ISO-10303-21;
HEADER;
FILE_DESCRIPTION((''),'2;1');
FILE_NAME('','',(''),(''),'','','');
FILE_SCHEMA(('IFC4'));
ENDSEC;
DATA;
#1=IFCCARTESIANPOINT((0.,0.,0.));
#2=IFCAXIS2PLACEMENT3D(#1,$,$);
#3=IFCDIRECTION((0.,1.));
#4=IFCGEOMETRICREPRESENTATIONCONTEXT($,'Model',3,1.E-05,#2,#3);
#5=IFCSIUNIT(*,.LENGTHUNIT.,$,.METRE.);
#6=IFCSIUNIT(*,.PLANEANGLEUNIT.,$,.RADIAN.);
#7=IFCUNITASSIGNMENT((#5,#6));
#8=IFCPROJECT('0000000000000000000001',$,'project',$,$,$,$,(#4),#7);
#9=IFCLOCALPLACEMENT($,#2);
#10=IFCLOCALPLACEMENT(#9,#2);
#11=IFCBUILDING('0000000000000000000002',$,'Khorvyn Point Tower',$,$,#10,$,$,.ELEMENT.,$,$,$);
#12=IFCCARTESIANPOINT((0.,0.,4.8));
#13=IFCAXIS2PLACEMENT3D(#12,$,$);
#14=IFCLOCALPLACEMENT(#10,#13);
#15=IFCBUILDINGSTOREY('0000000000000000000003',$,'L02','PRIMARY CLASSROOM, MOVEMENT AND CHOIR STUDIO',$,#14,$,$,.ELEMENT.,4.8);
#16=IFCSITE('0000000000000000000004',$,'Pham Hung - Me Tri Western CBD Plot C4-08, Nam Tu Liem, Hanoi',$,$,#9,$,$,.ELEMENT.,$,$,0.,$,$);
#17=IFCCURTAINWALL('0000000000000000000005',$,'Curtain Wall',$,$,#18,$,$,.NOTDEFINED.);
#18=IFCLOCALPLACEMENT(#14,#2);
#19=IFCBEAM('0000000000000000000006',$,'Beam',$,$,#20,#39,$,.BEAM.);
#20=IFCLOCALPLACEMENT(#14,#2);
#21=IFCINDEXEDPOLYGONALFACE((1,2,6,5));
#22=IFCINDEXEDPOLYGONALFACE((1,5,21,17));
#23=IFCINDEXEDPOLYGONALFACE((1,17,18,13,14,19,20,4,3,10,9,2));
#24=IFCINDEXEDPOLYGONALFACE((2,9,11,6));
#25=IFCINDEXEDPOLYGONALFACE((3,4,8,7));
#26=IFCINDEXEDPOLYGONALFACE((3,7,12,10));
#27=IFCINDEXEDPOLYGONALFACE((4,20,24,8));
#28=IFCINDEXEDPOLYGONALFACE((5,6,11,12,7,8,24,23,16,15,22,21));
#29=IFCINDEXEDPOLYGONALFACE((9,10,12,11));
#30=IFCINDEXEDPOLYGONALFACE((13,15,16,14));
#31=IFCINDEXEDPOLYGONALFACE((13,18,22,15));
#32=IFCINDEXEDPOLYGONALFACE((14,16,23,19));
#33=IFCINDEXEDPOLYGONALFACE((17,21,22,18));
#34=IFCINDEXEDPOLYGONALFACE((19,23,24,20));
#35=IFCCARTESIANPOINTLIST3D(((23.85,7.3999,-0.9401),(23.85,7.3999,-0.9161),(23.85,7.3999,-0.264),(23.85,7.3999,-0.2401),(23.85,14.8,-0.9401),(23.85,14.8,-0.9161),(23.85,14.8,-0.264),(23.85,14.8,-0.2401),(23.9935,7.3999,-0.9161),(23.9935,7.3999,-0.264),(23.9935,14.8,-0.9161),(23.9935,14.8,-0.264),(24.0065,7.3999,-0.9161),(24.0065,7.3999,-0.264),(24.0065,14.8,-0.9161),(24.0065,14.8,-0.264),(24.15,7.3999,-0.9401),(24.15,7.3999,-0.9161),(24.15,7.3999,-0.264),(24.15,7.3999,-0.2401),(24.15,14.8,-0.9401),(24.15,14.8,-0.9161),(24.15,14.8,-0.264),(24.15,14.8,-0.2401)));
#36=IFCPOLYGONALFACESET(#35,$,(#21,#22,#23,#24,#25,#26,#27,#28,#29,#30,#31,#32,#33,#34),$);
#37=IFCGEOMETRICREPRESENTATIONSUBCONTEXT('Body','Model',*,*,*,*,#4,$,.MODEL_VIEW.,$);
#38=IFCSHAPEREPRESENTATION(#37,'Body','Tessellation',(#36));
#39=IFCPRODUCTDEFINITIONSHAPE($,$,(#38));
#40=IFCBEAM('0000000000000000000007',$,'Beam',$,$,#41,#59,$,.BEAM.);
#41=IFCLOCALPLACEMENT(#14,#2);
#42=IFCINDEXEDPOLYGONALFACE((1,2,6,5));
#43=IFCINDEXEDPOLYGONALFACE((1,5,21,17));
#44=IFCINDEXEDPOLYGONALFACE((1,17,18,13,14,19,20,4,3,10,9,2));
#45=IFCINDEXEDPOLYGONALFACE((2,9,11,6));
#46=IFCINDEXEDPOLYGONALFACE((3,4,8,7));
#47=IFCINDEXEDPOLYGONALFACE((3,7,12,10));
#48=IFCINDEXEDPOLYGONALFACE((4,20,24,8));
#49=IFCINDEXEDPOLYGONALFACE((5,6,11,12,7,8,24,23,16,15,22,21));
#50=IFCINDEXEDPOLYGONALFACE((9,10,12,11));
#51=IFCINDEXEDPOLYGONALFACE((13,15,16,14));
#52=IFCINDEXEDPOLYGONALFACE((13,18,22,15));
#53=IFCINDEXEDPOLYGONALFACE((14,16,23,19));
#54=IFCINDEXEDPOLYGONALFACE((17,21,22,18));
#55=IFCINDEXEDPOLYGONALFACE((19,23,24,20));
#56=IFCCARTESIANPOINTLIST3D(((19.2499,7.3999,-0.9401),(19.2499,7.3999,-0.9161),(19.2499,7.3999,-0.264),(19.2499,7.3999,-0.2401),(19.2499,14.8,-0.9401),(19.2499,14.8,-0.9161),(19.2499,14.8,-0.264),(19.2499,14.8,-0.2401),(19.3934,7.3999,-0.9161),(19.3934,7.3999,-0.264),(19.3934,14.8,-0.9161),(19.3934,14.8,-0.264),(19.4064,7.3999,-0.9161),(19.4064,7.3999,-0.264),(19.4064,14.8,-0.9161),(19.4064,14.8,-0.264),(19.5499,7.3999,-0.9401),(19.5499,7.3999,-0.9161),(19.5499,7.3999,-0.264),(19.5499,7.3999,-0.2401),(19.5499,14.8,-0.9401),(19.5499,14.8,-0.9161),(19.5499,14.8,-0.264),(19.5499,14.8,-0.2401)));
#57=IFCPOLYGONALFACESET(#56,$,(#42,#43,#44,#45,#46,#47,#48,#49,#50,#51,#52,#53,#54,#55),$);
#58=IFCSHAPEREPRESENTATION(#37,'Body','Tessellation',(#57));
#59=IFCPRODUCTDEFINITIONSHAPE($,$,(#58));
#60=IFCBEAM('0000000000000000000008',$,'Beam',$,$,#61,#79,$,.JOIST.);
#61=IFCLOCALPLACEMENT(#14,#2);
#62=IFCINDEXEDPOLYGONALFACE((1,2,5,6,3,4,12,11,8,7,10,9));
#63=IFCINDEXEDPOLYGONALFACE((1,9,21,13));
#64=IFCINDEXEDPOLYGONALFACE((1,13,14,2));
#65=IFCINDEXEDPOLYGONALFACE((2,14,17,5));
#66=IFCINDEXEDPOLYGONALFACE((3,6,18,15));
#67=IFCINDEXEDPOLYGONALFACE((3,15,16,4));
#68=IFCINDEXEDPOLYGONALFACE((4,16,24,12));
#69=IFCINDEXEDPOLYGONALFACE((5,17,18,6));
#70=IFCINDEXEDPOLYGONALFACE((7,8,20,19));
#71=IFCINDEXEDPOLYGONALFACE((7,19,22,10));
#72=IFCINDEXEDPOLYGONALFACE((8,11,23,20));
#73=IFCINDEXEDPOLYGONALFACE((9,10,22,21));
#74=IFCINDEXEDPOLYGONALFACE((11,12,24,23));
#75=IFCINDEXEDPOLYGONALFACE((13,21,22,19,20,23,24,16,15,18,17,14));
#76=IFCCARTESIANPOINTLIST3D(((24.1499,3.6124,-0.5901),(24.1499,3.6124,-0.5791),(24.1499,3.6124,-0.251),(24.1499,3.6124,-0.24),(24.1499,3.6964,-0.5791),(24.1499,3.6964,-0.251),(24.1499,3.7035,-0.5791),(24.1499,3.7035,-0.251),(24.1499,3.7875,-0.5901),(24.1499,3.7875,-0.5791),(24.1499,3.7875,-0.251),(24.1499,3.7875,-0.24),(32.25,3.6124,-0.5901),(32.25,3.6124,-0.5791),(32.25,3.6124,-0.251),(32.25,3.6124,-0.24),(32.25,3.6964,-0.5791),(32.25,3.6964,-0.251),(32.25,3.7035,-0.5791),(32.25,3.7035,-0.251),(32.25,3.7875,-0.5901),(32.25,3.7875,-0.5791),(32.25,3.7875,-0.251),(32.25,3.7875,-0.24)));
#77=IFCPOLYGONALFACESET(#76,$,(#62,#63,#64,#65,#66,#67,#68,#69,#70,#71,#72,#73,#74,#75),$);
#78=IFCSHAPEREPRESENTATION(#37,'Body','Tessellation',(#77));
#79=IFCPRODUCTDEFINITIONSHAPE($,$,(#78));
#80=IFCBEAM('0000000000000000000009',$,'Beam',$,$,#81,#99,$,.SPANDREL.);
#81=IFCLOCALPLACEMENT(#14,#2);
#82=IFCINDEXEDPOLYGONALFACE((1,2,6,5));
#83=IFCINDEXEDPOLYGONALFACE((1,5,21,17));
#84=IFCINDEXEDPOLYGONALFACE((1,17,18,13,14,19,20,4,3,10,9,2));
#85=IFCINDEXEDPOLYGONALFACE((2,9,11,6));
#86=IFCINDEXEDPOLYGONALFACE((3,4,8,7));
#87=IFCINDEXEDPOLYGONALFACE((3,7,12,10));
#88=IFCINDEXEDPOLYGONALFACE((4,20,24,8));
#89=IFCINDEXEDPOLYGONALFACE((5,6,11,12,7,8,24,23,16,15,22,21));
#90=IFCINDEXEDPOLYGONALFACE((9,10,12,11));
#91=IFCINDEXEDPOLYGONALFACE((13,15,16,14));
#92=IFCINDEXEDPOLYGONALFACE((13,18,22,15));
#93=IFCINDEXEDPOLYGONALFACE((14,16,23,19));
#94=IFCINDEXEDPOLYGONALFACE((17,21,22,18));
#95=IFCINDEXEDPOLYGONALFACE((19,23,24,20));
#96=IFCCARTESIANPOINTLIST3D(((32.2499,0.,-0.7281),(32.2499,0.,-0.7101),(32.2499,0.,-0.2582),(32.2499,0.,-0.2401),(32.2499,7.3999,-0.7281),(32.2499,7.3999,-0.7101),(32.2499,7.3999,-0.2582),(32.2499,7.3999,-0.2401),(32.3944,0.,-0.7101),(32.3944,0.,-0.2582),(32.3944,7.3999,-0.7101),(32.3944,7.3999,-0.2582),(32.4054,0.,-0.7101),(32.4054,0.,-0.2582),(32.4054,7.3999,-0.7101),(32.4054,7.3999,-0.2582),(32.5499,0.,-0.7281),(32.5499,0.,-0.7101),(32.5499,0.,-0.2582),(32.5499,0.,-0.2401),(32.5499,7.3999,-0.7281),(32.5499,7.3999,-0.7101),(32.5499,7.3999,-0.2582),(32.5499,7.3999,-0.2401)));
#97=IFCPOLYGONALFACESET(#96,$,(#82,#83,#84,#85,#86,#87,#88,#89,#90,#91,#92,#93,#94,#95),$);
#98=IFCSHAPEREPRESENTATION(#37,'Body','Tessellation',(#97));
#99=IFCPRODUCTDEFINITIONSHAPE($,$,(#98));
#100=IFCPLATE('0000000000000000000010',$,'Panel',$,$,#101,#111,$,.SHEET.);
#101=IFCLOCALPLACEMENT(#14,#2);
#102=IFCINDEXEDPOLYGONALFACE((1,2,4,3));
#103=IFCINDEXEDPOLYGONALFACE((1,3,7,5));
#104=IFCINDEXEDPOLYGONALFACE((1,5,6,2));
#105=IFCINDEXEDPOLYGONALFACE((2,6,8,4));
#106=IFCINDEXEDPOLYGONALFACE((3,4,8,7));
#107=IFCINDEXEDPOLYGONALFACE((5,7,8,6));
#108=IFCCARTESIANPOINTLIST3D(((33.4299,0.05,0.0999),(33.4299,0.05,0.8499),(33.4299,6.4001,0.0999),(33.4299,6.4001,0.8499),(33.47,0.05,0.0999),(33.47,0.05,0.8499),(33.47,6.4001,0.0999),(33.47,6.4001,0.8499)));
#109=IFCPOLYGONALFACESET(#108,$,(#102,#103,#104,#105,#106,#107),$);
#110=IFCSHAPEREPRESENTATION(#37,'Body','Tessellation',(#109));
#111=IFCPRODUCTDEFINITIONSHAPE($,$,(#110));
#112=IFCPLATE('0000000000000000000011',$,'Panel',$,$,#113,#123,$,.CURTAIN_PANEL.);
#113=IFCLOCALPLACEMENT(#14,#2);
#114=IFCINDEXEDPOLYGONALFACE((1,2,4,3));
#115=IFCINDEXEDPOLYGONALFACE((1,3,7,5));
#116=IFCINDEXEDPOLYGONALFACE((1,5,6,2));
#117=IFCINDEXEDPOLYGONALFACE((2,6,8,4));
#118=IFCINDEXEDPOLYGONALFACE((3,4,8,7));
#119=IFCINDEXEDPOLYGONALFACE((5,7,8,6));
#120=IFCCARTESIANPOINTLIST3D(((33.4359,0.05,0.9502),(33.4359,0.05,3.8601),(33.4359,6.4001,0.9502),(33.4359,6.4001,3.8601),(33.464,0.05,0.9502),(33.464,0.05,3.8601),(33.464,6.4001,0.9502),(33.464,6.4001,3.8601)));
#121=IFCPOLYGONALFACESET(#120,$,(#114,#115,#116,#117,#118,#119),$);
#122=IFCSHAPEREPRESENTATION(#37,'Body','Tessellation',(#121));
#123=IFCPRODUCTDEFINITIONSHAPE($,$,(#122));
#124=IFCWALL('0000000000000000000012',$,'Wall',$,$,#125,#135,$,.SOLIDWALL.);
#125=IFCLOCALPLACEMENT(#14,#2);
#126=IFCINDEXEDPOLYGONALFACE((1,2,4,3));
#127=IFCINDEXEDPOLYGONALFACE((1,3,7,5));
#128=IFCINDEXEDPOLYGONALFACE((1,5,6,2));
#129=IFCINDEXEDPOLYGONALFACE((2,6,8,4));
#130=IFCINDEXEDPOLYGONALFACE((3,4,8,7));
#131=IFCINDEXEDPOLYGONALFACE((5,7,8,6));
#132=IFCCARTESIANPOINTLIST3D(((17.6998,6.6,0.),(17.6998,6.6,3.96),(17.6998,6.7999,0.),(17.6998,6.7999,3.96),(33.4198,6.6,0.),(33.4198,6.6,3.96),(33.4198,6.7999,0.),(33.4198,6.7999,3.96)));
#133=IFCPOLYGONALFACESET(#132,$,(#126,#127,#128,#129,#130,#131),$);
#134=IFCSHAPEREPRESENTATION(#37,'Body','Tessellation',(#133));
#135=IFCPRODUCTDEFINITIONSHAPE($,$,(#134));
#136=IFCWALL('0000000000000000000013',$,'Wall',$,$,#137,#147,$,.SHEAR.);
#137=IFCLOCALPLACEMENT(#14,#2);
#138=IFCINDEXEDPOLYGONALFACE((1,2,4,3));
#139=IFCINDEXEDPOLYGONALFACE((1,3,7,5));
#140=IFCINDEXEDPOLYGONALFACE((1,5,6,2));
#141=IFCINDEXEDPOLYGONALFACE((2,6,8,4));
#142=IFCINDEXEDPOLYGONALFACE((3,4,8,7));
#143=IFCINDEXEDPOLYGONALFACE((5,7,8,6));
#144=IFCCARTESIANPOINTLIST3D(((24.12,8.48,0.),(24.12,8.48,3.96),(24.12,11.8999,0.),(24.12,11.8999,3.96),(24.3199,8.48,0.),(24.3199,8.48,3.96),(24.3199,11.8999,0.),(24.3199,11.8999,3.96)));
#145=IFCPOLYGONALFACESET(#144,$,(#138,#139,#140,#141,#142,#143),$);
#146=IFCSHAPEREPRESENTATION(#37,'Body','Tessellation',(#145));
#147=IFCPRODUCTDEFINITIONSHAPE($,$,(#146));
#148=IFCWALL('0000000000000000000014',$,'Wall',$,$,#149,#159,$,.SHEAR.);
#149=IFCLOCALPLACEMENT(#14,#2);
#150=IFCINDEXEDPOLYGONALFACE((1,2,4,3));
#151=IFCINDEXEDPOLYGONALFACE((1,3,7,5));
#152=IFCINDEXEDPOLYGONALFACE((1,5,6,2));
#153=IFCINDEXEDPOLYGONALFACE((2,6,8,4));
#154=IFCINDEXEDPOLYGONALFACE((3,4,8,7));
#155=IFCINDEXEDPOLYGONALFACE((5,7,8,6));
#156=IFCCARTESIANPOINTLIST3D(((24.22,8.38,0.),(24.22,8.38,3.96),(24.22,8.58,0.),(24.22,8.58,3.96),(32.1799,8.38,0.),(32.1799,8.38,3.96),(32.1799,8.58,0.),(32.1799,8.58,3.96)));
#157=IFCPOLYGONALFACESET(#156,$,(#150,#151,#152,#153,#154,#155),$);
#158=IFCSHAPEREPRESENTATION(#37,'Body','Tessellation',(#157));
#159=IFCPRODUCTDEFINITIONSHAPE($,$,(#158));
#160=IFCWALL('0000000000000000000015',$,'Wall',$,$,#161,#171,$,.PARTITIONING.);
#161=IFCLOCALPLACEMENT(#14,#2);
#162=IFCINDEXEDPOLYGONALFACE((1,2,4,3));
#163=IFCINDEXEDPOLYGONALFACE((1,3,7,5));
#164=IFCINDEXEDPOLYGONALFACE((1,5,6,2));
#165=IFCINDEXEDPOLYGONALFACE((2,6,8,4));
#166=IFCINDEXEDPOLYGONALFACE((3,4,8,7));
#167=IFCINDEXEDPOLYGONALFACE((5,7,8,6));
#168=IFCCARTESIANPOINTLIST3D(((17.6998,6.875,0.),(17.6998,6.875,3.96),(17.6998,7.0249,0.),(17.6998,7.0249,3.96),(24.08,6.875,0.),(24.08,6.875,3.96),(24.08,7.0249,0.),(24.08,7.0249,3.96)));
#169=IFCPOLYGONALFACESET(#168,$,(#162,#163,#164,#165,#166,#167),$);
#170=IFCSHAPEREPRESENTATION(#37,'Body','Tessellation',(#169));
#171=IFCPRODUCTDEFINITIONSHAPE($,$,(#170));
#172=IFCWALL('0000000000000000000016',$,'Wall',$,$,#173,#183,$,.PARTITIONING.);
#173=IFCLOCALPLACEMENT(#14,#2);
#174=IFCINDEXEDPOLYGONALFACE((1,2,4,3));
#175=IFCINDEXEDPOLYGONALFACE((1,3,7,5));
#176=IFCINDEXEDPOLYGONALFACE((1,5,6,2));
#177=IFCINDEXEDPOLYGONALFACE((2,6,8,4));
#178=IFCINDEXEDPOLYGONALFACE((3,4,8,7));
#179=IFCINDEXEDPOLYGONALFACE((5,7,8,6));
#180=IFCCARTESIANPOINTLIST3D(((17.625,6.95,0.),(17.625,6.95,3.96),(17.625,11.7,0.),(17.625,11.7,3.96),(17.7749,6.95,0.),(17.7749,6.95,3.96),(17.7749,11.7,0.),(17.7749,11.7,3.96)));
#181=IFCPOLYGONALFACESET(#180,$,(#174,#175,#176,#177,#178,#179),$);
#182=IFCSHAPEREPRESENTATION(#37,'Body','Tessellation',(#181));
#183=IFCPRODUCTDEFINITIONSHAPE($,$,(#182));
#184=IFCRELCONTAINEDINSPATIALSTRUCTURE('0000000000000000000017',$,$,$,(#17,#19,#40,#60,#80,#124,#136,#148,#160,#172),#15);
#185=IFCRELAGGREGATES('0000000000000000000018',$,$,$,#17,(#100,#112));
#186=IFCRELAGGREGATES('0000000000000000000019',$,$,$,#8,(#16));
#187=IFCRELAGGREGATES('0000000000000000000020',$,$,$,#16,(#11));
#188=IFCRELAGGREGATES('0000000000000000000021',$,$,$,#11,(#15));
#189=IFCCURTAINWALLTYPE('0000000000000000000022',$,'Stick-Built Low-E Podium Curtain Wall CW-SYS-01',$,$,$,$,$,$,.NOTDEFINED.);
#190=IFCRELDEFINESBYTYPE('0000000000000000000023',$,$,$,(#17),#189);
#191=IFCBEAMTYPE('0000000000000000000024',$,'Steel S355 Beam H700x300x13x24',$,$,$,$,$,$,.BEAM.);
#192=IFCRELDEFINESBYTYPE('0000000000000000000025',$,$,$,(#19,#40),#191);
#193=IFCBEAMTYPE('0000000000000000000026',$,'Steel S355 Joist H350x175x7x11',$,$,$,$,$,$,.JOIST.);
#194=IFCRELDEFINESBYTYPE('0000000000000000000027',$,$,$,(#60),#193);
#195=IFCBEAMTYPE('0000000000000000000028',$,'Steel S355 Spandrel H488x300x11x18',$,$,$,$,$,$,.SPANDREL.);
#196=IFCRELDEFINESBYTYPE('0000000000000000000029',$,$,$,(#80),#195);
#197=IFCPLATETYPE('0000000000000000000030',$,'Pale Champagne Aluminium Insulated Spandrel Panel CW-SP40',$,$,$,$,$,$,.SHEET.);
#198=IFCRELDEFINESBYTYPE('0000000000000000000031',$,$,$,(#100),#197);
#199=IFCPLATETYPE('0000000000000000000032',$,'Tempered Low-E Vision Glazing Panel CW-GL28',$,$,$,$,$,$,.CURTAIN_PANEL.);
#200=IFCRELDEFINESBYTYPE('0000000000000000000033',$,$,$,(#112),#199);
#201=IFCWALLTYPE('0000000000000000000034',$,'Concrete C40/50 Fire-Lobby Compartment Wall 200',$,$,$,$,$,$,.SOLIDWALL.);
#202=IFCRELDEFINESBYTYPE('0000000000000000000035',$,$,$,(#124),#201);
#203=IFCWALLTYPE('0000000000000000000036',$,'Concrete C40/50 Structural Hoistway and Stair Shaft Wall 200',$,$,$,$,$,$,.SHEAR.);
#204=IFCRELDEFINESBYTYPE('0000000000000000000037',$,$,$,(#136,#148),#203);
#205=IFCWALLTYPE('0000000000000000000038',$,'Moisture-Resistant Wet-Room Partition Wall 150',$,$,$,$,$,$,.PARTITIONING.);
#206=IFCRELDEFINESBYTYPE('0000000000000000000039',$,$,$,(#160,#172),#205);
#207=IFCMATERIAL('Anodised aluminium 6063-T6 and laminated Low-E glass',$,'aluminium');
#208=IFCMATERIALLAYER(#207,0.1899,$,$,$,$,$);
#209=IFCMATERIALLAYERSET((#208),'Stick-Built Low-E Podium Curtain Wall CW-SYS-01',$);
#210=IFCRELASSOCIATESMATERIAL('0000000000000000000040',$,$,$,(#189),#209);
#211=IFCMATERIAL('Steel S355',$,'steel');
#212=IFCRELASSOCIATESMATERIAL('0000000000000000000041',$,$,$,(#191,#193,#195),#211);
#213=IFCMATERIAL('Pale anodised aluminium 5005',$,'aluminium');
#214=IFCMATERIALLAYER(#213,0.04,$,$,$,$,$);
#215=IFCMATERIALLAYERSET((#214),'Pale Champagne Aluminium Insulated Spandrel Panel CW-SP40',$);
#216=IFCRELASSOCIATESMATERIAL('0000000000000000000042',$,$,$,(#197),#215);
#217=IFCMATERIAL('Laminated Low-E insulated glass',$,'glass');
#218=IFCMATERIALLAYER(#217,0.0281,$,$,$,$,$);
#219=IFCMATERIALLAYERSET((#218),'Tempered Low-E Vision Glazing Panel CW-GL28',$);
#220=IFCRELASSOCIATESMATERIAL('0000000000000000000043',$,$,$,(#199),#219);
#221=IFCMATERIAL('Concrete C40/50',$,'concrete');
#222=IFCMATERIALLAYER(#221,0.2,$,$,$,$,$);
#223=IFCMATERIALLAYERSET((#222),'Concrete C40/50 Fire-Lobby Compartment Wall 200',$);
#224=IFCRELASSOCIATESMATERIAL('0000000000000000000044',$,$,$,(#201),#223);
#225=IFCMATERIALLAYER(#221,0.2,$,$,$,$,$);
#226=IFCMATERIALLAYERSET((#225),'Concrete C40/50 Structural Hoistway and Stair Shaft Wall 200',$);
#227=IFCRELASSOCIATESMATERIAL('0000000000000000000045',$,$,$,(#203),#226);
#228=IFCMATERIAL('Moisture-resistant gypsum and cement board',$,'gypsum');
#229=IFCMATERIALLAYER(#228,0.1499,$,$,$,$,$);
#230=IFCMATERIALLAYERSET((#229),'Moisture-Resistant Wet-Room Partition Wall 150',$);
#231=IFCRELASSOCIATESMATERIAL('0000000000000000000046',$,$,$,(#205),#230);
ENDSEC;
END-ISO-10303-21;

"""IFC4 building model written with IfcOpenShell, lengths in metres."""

from ifc_helpers import new_model, si_unit, direction, frame, frame_2d, origin, origin_2d, place, context, subcontext, project, spatial, rectangle, i_section, extrude, material, layer, layer_set, material_profile, profile_set, type_object, element, aggregate, save


model = new_model("IFC4")

# Units and contexts
model_context = context("Model", 3, precision=1e-05, world=origin(), true_north=direction((0.0, 1.0)))
body_context = subcontext(model_context, "Body", "Model", "MODEL_VIEW")
ifc_project = project(units=[si_unit("LENGTHUNIT", "METRE"), si_unit("PLANEANGLEUNIT", "RADIAN")], contexts=[model_context])

# Site, building, storey
site_placement = place(None, origin())
site = spatial("IfcSite", under=ifc_project, at=site_placement, Name="Pham Hung - Me Tri Western CBD Plot C4-08, Nam Tu Liem, Hanoi", CompositionType="ELEMENT", RefElevation=0.0)
building_placement = place(site_placement, origin())
building = spatial("IfcBuilding", under=site, at=building_placement, Name="Khorvyn Point Tower", CompositionType="ELEMENT")
storey_placement = place(building_placement, frame((0.0, 0.0, 4.8)))
storey = spatial("IfcBuildingStorey", under=building, at=storey_placement, Name="L02", Description="PRIMARY CLASSROOM, MOVEMENT AND CHOIR STUDIO", CompositionType="ELEMENT", Elevation=4.8)

# Shared definitions
ifc_material_1 = material(Name="Concrete C40/50", Category="concrete")

# Curtain wall
ifc_material_2 = material(Name="Anodised aluminium 6063-T6 and laminated Low-E glass", Category="aluminium")
ifc_layer_1 = layer(ifc_material_2, 0.1899)
ifc_layer_set_1 = layer_set([ifc_layer_1], Name="Stick-Built Low-E Podium Curtain Wall CW-SYS-01")
curtain_wall_type = type_object("IfcCurtainWallType", Name="Stick-Built Low-E Podium Curtain Wall CW-SYS-01", PredefinedType="NOTDEFINED", material=ifc_layer_set_1)
curtain_wall_placement = place(storey_placement, origin())
curtain_wall = element("IfcCurtainWall", 1, at=curtain_wall_placement, inside=storey, type_object=curtain_wall_type, Name="Curtain Wall", PredefinedType="NOTDEFINED")

# Beams
ifc_material_3 = material(Name="Steel S355", Category="steel")
ifc_material_profile_1 = material_profile(ifc_material_3, i_section(OverallWidth=0.3, OverallDepth=0.7, WebThickness=0.0129, FlangeThickness=0.0239, at=origin_2d()))
ifc_profile_set_1 = profile_set([ifc_material_profile_1], Name="Steel S355 H700x300x13x24")
beam_type_1 = type_object("IfcBeamType", Name="Steel S355 Beam H700x300x13x24", PredefinedType="BEAM", material=ifc_profile_set_1)
for number, where, z_axis, x_axis, name in (
    (2, (24.0, 7.3999, -0.5901), (0.0, 1.0, 0.0), (-1.0, 0.0, 0.0), "Beam"),
    (3, (19.3999, 7.3999, -0.5901), (0.0, 1.0, 0.0), (-1.0, 0.0, 0.0), "Beam"),
):
    element("IfcBeam", number, at=place(storey_placement, frame(where, z_axis=z_axis, x_axis=x_axis)), inside=storey, type_object=beam_type_1, Name=name, PredefinedType="BEAM", context=body_context, shape_type="SweptSolid", body=[
        extrude(i_section(OverallWidth=0.3, OverallDepth=0.7, WebThickness=0.0129, FlangeThickness=0.0239, at=origin_2d()), origin(), (0.0, 0.0, 1.0), 7.4001),
    ])
ifc_material_profile_2 = material_profile(ifc_material_3, i_section(OverallWidth=0.175, OverallDepth=0.3501, WebThickness=0.0071, FlangeThickness=0.011, at=origin_2d()))
ifc_profile_set_2 = profile_set([ifc_material_profile_2], Name="Steel S355 H350x175x7x11")
beam_type_2 = type_object("IfcBeamType", Name="Steel S355 Joist H350x175x7x11", PredefinedType="JOIST", material=ifc_profile_set_2)
beam_1_placement = place(storey_placement, frame((24.1499, 3.7, -0.415), z_axis=(1.0, 0.0, 0.0), x_axis=(0.0, 1.0, 0.0)))
element("IfcBeam", 4, at=beam_1_placement, inside=storey, type_object=beam_type_2, Name="Beam", PredefinedType="JOIST", context=body_context, shape_type="SweptSolid", body=[
    extrude(i_section(OverallWidth=0.175, OverallDepth=0.3501, WebThickness=0.0071, FlangeThickness=0.011, at=origin_2d()), origin(), (0.0, 0.0, 1.0), 8.1001),
])
ifc_material_profile_3 = material_profile(ifc_material_3, i_section(OverallWidth=0.3, OverallDepth=0.488, WebThickness=0.011, FlangeThickness=0.0181, at=origin_2d()))
ifc_profile_set_3 = profile_set([ifc_material_profile_3], Name="Steel S355 H488x300x11x18")
beam_type_3 = type_object("IfcBeamType", Name="Steel S355 Spandrel H488x300x11x18", PredefinedType="SPANDREL", material=ifc_profile_set_3)
beam_2_placement = place(storey_placement, frame((32.3999, 0.0, -0.4841), z_axis=(0.0, 1.0, 0.0), x_axis=(-1.0, 0.0, 0.0)))
element("IfcBeam", 5, at=beam_2_placement, inside=storey, type_object=beam_type_3, Name="Beam", PredefinedType="SPANDREL", context=body_context, shape_type="SweptSolid", body=[
    extrude(i_section(OverallWidth=0.3, OverallDepth=0.488, WebThickness=0.011, FlangeThickness=0.0181, at=origin_2d()), origin(), (0.0, 0.0, 1.0), 7.3999),
])

# Plates
ifc_material_4 = material(Name="Pale anodised aluminium 5005", Category="aluminium")
ifc_layer_2 = layer(ifc_material_4, 0.04)
ifc_layer_set_2 = layer_set([ifc_layer_2], Name="Pale Champagne Aluminium Insulated Spandrel Panel CW-SP40")
plate_type_1 = type_object("IfcPlateType", Name="Pale Champagne Aluminium Insulated Spandrel Panel CW-SP40", PredefinedType="SHEET", material=ifc_layer_set_2)
plate_1_placement = place(storey_placement, frame((33.45, 3.2251, 0.0999), z_axis=(0.0, 0.0, 1.0), x_axis=(0.0, 1.0, 0.0)))
plate_1 = element("IfcPlate", 6, at=plate_1_placement, type_object=plate_type_1, Name="Panel", PredefinedType="SHEET", context=body_context, shape_type="SweptSolid", body=[
    extrude(rectangle(XDim=6.3501, YDim=0.04, at=origin_2d()), origin(), (0.0, 0.0, 1.0), 0.75),
])
ifc_material_5 = material(Name="Laminated Low-E insulated glass", Category="glass")
ifc_layer_3 = layer(ifc_material_5, 0.0281)
ifc_layer_set_3 = layer_set([ifc_layer_3], Name="Tempered Low-E Vision Glazing Panel CW-GL28")
plate_type_2 = type_object("IfcPlateType", Name="Tempered Low-E Vision Glazing Panel CW-GL28", PredefinedType="CURTAIN_PANEL", material=ifc_layer_set_3)
plate_2_placement = place(storey_placement, frame((33.45, 3.2251, 0.9502), z_axis=(0.0, 0.0, 1.0), x_axis=(0.0, 1.0, 0.0)))
plate_2 = element("IfcPlate", 7, at=plate_2_placement, type_object=plate_type_2, Name="Panel", PredefinedType="CURTAIN_PANEL", context=body_context, shape_type="SweptSolid", body=[
    extrude(rectangle(XDim=6.3501, YDim=0.0281, at=origin_2d()), origin(), (0.0, 0.0, 1.0), 2.9099),
])
aggregate(curtain_wall, [plate_1, plate_2])

# Walls
ifc_layer_4 = layer(ifc_material_1, 0.2)
ifc_layer_set_4 = layer_set([ifc_layer_4], Name="Concrete C40/50 Fire-Lobby Compartment Wall 200")
wall_type_1 = type_object("IfcWallType", Name="Concrete C40/50 Fire-Lobby Compartment Wall 200", PredefinedType="SOLIDWALL", material=ifc_layer_set_4)
wall_1_placement = place(storey_placement, frame((17.7, 6.7, 0.0), z_axis=(0.0, 0.0, 1.0), x_axis=(1.0, 0.0, 0.0)))
element("IfcWall", 8, at=wall_1_placement, inside=storey, type_object=wall_type_1, Name="Wall", PredefinedType="SOLIDWALL", context=body_context, shape_type="SweptSolid", body=[
    extrude(rectangle(XDim=15.72, YDim=0.2, at=frame_2d((7.8599, 0.0))), origin(), (0.0, 0.0, 1.0), 3.96),
])
ifc_layer_5 = layer(ifc_material_1, 0.2)
ifc_layer_set_5 = layer_set([ifc_layer_5], Name="Concrete C40/50 Structural Hoistway and Stair Shaft Wall 200")
wall_type_2 = type_object("IfcWallType", Name="Concrete C40/50 Structural Hoistway and Stair Shaft Wall 200", PredefinedType="SHEAR", material=ifc_layer_set_5)
wall_2_placement = place(storey_placement, frame((24.22, 8.48, 0.0), z_axis=(0.0, 0.0, 1.0), x_axis=(0.0, 1.0, 0.0)))
element("IfcWall", 9, at=wall_2_placement, inside=storey, type_object=wall_type_2, Name="Wall", PredefinedType="SHEAR", context=body_context, shape_type="SweptSolid", body=[
    extrude(rectangle(XDim=3.4199, YDim=0.2, at=frame_2d((1.71, 0.0))), origin(), (0.0, 0.0, 1.0), 3.96),
])
wall_3_placement = place(storey_placement, frame((32.1799, 8.48, 0.0), z_axis=(0.0, 0.0, 1.0), x_axis=(-1.0, 0.0, 0.0)))
element("IfcWall", 10, at=wall_3_placement, inside=storey, type_object=wall_type_2, Name="Wall", PredefinedType="SHEAR", context=body_context, shape_type="SweptSolid", body=[
    extrude(rectangle(XDim=7.96, YDim=0.2, at=frame_2d((3.98, 0.0))), origin(), (0.0, 0.0, 1.0), 3.96),
])
ifc_material_6 = material(Name="Moisture-resistant gypsum and cement board", Category="gypsum")
ifc_layer_6 = layer(ifc_material_6, 0.1499)
ifc_layer_set_6 = layer_set([ifc_layer_6], Name="Moisture-Resistant Wet-Room Partition Wall 150")
wall_type_3 = type_object("IfcWallType", Name="Moisture-Resistant Wet-Room Partition Wall 150", PredefinedType="PARTITIONING", material=ifc_layer_set_6)
wall_4_placement = place(storey_placement, frame((17.7, 6.95, 0.0), z_axis=(0.0, 0.0, 1.0), x_axis=(1.0, 0.0, 0.0)))
element("IfcWall", 11, at=wall_4_placement, inside=storey, type_object=wall_type_3, Name="Wall", PredefinedType="PARTITIONING", context=body_context, shape_type="SweptSolid", body=[
    extrude(rectangle(XDim=6.3801, YDim=0.1499, at=frame_2d((3.1899, 0.0))), origin(), (0.0, 0.0, 1.0), 3.96),
])
wall_5_placement = place(storey_placement, frame((17.7, 6.95, 0.0), z_axis=(0.0, 0.0, 1.0), x_axis=(0.0, 1.0, 0.0)))
element("IfcWall", 12, at=wall_5_placement, inside=storey, type_object=wall_type_3, Name="Wall", PredefinedType="PARTITIONING", context=body_context, shape_type="SweptSolid", body=[
    extrude(rectangle(XDim=4.75, YDim=0.1499, at=frame_2d((2.375, 0.0))), origin(), (0.0, 0.0, 1.0), 3.96),
])

save(model, "model.ifc")
